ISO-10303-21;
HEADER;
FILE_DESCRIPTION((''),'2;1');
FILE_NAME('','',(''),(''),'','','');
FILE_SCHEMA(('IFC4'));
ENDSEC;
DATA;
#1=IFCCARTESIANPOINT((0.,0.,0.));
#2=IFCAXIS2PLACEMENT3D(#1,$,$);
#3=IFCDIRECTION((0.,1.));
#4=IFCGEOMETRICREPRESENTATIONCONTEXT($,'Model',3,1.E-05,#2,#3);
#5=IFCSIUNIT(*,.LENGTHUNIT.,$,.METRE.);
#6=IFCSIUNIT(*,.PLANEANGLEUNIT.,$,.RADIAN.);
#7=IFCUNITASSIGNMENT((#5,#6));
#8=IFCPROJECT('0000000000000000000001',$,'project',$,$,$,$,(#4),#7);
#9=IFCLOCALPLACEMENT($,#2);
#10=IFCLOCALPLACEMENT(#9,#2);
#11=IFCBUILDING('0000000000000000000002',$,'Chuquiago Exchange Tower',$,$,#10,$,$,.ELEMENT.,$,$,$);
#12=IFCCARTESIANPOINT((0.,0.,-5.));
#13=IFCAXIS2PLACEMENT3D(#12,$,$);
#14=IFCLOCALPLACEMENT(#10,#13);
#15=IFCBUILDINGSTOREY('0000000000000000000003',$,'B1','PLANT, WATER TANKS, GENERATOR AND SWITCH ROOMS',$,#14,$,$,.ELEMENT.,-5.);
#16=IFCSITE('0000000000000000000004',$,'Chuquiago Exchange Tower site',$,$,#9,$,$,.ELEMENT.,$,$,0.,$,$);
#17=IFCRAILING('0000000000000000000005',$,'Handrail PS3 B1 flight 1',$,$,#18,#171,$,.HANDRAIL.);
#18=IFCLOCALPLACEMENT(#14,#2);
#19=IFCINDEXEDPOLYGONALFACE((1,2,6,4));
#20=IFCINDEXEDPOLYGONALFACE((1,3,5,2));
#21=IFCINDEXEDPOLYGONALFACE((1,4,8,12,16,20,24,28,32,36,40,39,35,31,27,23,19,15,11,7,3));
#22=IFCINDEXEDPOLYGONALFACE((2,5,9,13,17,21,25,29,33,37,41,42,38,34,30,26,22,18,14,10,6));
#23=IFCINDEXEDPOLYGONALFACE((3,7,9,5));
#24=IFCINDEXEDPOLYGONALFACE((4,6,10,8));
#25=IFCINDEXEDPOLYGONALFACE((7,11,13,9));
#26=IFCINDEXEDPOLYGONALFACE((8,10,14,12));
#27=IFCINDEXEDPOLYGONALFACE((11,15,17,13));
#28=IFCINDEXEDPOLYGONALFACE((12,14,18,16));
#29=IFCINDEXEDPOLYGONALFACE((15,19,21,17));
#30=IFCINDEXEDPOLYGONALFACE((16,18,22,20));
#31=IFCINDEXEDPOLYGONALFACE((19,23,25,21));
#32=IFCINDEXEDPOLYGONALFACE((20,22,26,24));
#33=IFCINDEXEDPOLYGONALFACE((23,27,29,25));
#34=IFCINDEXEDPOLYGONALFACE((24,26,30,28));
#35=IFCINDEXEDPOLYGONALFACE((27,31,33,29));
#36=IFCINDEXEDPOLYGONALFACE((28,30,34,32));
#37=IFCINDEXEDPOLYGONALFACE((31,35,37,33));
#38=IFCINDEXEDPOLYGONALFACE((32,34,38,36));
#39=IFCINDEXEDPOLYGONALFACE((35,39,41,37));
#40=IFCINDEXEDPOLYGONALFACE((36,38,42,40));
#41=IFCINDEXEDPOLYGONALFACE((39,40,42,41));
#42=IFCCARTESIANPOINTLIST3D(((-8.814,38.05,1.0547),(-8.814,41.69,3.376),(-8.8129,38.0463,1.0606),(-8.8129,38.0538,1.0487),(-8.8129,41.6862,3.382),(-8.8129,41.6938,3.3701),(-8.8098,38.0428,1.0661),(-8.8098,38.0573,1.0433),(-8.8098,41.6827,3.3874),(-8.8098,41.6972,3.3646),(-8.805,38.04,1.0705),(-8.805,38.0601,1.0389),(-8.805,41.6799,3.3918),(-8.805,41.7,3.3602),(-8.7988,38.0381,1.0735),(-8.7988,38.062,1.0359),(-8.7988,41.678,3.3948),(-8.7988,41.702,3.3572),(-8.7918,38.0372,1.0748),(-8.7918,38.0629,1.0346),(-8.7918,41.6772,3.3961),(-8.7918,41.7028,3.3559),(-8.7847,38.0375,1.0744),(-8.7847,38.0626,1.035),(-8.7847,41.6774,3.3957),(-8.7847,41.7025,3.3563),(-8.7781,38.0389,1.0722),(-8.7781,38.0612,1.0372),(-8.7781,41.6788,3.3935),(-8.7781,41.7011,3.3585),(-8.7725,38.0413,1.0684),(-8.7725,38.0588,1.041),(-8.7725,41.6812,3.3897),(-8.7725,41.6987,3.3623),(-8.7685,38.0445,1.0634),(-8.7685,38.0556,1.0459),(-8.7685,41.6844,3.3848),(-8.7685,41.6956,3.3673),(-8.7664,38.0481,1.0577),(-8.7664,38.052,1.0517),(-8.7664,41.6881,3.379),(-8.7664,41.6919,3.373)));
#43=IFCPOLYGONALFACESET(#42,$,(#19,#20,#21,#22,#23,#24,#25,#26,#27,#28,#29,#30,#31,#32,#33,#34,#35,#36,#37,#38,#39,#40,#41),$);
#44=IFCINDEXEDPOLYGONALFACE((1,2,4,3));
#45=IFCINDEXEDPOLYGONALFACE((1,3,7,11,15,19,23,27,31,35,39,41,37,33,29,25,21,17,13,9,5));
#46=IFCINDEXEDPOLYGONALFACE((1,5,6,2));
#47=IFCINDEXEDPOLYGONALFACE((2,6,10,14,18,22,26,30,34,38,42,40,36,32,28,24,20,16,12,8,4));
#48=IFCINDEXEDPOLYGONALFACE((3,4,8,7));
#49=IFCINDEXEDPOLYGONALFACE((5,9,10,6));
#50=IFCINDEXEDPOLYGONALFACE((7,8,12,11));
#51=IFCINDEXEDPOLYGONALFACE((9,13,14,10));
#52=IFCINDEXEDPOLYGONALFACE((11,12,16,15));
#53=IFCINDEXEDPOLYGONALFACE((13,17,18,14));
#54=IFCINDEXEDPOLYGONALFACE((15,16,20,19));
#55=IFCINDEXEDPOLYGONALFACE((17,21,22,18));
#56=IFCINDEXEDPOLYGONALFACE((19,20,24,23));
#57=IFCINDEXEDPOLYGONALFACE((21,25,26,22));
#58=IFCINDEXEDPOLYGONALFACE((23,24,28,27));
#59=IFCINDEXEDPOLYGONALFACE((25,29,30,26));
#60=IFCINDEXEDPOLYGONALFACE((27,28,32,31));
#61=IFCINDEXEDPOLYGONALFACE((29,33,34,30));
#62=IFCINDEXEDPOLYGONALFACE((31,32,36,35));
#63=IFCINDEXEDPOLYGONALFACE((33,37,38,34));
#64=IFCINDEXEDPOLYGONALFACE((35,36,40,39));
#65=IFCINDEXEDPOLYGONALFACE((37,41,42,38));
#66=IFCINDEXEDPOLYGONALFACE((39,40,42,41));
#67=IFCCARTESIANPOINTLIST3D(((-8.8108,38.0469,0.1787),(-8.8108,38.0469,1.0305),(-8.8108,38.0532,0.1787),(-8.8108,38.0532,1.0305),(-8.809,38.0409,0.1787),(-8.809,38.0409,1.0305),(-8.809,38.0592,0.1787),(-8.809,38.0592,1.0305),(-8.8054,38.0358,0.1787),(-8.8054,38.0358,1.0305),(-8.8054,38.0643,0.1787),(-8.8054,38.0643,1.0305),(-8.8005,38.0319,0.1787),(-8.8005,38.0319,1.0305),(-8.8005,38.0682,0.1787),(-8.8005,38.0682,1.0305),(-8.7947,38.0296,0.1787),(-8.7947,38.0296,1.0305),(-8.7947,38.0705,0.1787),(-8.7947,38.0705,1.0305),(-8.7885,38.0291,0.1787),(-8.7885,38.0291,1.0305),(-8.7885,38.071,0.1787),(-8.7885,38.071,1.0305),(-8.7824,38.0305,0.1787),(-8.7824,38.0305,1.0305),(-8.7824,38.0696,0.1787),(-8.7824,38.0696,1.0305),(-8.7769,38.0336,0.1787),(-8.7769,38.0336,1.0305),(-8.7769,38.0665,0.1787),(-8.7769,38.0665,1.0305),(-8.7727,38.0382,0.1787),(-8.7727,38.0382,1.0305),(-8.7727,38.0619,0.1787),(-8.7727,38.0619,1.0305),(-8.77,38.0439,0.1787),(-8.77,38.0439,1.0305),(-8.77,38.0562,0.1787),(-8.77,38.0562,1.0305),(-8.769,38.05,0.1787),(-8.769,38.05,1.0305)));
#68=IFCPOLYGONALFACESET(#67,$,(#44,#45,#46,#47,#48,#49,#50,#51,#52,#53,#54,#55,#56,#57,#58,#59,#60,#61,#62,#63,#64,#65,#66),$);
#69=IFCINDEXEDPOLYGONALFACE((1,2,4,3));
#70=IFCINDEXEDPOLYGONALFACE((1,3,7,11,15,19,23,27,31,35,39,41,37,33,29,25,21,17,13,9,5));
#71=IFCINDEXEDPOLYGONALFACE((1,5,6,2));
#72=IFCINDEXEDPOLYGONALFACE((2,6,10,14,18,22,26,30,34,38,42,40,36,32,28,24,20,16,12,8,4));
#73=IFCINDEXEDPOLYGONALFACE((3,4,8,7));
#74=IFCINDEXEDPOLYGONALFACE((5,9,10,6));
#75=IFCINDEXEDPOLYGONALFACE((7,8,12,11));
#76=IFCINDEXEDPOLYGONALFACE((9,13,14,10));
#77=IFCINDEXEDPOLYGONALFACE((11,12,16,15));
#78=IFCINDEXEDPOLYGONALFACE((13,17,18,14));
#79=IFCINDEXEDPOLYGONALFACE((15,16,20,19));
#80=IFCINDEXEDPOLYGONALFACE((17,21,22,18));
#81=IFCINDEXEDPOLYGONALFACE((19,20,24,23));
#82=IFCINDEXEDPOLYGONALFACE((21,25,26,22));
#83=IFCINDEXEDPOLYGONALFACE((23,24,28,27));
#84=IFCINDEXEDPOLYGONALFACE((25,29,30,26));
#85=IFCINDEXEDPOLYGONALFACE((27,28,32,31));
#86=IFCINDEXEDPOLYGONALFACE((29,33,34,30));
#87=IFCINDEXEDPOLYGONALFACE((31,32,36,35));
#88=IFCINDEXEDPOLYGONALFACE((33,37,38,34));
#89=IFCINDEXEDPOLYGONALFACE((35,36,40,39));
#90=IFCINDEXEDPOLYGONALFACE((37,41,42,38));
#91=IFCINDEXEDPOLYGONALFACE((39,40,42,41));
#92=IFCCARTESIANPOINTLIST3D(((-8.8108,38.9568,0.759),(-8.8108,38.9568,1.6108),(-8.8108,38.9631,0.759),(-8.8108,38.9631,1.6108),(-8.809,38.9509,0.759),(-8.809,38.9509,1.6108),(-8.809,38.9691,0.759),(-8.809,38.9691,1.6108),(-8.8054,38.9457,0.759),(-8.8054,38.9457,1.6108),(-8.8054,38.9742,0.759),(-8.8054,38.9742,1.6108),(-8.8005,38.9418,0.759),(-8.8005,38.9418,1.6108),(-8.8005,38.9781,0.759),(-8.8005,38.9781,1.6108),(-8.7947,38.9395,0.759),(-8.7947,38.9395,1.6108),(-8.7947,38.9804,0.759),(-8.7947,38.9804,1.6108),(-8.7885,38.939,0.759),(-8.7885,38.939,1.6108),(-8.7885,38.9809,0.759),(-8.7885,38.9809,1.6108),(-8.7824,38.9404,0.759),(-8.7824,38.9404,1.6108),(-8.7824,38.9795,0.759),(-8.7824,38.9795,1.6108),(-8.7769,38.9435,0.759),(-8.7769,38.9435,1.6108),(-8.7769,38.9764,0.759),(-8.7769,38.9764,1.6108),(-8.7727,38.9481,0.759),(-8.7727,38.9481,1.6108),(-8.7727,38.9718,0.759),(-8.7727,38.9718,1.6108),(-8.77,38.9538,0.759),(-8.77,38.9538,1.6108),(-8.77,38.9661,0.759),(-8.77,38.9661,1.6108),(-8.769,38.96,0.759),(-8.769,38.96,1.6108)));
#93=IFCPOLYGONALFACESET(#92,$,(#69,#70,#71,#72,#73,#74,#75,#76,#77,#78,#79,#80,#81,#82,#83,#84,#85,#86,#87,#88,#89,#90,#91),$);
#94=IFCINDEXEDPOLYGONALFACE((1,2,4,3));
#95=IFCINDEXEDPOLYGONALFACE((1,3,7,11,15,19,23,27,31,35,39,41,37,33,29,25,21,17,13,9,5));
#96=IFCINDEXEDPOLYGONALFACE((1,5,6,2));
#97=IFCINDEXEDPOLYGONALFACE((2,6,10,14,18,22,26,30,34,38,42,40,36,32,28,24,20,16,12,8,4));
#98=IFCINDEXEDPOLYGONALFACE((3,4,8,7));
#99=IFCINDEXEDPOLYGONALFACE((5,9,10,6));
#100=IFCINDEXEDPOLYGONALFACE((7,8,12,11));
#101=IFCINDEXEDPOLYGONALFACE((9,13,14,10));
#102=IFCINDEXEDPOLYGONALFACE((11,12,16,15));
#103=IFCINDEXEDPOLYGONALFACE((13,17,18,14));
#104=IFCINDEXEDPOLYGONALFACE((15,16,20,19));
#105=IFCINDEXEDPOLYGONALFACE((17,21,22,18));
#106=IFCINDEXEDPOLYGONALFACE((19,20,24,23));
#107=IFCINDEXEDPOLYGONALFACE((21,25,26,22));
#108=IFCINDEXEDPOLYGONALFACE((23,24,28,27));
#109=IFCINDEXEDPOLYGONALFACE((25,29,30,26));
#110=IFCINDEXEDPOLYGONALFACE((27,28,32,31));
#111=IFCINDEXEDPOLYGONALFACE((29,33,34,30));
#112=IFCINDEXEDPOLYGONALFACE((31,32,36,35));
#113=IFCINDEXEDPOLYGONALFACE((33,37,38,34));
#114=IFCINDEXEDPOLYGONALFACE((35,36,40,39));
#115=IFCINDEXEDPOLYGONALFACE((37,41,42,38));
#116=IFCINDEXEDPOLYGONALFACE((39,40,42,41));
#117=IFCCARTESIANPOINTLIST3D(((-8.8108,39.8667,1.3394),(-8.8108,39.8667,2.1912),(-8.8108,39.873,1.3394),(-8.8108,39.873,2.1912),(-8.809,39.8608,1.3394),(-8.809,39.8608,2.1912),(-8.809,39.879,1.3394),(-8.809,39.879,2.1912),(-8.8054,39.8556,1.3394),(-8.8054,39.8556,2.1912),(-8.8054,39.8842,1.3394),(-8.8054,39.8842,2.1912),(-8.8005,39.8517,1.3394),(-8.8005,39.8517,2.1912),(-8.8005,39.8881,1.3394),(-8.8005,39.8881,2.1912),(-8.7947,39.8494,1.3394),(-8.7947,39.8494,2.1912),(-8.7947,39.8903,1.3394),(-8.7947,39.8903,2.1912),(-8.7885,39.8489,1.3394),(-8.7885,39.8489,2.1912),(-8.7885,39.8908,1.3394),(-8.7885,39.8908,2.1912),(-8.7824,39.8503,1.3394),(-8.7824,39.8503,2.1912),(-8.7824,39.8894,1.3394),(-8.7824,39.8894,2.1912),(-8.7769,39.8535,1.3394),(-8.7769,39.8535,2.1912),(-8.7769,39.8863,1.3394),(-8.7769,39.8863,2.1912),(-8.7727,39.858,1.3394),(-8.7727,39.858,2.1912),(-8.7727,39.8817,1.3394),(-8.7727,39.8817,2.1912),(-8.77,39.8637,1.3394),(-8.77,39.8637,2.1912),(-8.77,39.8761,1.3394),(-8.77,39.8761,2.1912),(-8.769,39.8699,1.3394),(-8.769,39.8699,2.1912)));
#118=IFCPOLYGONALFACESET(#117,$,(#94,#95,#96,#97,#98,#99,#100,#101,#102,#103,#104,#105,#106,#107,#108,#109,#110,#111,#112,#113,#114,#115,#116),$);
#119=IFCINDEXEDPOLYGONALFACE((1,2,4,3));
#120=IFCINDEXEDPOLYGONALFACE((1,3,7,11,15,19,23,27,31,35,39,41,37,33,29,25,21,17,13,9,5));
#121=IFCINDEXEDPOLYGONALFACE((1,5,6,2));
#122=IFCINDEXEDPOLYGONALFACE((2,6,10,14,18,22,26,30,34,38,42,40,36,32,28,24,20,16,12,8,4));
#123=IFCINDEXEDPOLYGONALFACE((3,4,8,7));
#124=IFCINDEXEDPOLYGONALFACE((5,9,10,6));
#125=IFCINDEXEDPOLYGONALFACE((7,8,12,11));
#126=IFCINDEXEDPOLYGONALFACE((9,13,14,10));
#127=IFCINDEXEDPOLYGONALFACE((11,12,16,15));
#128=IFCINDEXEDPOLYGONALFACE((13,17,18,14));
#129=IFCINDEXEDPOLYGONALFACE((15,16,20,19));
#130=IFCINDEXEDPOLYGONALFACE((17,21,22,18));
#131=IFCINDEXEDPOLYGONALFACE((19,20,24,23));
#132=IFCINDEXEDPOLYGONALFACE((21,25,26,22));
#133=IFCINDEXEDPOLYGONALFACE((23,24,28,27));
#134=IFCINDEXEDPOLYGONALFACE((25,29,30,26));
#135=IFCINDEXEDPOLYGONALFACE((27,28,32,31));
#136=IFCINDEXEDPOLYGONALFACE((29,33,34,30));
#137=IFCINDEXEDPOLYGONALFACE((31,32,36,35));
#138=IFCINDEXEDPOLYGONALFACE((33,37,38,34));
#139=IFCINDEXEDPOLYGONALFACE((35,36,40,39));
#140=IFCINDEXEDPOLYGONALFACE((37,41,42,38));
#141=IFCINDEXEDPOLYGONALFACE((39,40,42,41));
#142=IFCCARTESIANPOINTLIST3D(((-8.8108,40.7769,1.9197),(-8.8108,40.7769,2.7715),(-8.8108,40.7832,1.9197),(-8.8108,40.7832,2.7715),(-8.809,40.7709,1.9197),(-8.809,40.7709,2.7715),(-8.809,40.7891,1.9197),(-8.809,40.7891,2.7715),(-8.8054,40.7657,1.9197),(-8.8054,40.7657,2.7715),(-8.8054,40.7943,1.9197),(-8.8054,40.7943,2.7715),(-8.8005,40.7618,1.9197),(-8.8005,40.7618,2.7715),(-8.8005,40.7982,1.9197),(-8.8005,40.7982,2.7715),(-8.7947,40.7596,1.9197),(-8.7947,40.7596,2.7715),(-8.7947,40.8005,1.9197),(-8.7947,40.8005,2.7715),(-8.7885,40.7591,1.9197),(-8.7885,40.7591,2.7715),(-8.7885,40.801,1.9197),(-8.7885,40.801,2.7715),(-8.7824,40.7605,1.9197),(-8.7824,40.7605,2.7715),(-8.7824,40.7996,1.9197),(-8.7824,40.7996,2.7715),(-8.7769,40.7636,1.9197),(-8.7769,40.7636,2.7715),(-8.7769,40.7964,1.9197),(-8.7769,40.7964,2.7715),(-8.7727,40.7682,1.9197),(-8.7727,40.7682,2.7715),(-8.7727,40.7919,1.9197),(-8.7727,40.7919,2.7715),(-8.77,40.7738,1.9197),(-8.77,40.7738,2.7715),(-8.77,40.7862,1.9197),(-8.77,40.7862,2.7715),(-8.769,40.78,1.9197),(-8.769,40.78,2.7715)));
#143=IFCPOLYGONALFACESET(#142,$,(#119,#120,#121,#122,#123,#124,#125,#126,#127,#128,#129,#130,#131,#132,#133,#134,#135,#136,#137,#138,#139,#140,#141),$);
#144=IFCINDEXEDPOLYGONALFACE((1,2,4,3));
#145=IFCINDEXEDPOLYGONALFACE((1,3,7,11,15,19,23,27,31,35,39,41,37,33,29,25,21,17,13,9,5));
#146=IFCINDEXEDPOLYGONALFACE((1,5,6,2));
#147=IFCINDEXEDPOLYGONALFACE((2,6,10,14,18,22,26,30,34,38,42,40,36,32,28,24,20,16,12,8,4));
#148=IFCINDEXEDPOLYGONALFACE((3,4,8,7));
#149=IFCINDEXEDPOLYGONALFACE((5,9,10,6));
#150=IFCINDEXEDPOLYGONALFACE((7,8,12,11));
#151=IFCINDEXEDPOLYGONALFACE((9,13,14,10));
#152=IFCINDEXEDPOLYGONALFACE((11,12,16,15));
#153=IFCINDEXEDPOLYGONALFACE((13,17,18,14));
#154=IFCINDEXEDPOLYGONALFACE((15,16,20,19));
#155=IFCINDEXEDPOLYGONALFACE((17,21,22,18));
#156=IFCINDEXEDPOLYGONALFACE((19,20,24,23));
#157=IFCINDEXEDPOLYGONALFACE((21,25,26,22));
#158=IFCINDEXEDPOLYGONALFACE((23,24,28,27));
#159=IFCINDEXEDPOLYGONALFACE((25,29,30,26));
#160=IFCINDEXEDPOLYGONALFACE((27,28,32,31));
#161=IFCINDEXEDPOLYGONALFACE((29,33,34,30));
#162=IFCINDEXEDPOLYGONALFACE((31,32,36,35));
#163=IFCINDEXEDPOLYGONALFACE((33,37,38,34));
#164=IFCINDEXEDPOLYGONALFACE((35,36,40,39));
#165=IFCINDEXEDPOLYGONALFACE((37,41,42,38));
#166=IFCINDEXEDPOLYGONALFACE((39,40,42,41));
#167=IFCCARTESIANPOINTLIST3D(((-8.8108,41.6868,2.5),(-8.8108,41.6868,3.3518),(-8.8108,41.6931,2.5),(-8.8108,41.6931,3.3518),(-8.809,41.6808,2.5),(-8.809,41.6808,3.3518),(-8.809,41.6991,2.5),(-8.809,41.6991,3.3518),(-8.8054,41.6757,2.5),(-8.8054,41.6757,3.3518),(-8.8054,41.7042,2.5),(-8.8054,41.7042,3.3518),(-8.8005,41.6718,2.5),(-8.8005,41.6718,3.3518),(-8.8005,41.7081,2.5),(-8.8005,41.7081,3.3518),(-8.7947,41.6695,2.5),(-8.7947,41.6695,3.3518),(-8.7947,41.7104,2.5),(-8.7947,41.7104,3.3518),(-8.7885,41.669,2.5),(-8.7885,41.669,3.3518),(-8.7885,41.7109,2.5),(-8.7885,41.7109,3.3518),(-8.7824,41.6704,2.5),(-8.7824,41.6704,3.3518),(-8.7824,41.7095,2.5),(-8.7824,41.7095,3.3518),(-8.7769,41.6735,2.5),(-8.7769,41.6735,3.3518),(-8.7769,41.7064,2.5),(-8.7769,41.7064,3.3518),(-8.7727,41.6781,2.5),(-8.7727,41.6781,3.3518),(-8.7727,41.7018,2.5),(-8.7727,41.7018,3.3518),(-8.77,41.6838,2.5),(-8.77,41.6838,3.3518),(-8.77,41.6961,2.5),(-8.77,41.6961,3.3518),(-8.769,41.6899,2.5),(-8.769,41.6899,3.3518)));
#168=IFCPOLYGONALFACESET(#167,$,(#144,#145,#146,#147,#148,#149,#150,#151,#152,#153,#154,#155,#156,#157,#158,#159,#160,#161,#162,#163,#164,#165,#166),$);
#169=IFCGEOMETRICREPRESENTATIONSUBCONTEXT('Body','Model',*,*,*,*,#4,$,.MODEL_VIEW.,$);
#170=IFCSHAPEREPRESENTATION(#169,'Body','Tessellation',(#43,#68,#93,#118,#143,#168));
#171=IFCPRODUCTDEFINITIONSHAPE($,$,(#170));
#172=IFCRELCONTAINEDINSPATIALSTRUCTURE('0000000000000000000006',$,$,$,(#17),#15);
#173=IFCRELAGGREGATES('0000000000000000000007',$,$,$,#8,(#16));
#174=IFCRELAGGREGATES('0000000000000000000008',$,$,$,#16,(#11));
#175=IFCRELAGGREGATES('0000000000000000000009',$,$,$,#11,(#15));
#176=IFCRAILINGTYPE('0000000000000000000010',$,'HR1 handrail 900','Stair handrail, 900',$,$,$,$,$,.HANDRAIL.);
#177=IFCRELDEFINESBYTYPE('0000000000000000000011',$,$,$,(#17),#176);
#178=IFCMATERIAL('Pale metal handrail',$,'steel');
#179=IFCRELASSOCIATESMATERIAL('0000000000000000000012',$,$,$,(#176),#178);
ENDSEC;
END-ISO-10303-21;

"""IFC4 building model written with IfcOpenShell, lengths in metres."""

from ifc_helpers import new_model, si_unit, direction, frame, origin, origin_2d, place, context, subcontext, project, spatial, circle, extrude, material, type_object, element, save


model = new_model("IFC4")

# Units and contexts
model_context = context("Model", 3, precision=1e-05, world=origin(), true_north=direction((0.0, 1.0)))
body_context = subcontext(model_context, "Body", "Model", "MODEL_VIEW")
ifc_project = project(units=[si_unit("LENGTHUNIT", "METRE"), si_unit("PLANEANGLEUNIT", "RADIAN")], contexts=[model_context])

# Site, building, storey
site_placement = place(None, origin())
site = spatial("IfcSite", under=ifc_project, at=site_placement, Name="Chuquiago Exchange Tower site", CompositionType="ELEMENT", RefElevation=0.0)
building_placement = place(site_placement, origin())
building = spatial("IfcBuilding", under=site, at=building_placement, Name="Chuquiago Exchange Tower", CompositionType="ELEMENT")
storey_placement = place(building_placement, frame((0.0, 0.0, -5.0)))
storey = spatial("IfcBuildingStorey", under=building, at=storey_placement, Name="B1", Description="PLANT, WATER TANKS, GENERATOR AND SWITCH ROOMS", CompositionType="ELEMENT", Elevation=-5.0)

# Railing
ifc_material_1 = material(Name="Pale metal handrail", Category="steel")
railing_type = type_object("IfcRailingType", Name="HR1 handrail 900", Description="Stair handrail, 900", PredefinedType="HANDRAIL", material=ifc_material_1)
for number, where, name in (
    (1, (-8.79, 38.05, 0.1787), "Handrail PS3 B1 flight 1"),
):
    element("IfcRailing", number, at=place(storey_placement, frame(where)), inside=storey, type_object=railing_type, Name=name, PredefinedType="HANDRAIL", context=body_context, shape_type="SweptSolid", body=[
        extrude(circle(Radius=0.0239, at=origin_2d()), frame((0.0, 0.0, 0.876), z_axis=(0.0, 0.843137, 0.537699), x_axis=(-1.0, 0.0, 0.0)), (0.0, 0.0, 1.0), 4.3171),
        extrude(circle(Radius=0.021, at=origin_2d()), origin(), (0.0, 0.0, 1.0), 0.8518),
        extrude(circle(Radius=0.021, at=origin_2d()), frame((0.0, 0.9099, 0.5803)), (0.0, 0.0, 1.0), 0.8518),
        extrude(circle(Radius=0.021, at=origin_2d()), frame((0.0, 1.8198, 1.1606)), (0.0, 0.0, 1.0), 0.8518),
        extrude(circle(Radius=0.021, at=origin_2d()), frame((0.0, 2.73, 1.741)), (0.0, 0.0, 1.0), 0.8518),
        extrude(circle(Radius=0.021, at=origin_2d()), frame((0.0, 3.6399, 2.3213)), (0.0, 0.0, 1.0), 0.8518),
    ])

save(model, "model.ifc")
